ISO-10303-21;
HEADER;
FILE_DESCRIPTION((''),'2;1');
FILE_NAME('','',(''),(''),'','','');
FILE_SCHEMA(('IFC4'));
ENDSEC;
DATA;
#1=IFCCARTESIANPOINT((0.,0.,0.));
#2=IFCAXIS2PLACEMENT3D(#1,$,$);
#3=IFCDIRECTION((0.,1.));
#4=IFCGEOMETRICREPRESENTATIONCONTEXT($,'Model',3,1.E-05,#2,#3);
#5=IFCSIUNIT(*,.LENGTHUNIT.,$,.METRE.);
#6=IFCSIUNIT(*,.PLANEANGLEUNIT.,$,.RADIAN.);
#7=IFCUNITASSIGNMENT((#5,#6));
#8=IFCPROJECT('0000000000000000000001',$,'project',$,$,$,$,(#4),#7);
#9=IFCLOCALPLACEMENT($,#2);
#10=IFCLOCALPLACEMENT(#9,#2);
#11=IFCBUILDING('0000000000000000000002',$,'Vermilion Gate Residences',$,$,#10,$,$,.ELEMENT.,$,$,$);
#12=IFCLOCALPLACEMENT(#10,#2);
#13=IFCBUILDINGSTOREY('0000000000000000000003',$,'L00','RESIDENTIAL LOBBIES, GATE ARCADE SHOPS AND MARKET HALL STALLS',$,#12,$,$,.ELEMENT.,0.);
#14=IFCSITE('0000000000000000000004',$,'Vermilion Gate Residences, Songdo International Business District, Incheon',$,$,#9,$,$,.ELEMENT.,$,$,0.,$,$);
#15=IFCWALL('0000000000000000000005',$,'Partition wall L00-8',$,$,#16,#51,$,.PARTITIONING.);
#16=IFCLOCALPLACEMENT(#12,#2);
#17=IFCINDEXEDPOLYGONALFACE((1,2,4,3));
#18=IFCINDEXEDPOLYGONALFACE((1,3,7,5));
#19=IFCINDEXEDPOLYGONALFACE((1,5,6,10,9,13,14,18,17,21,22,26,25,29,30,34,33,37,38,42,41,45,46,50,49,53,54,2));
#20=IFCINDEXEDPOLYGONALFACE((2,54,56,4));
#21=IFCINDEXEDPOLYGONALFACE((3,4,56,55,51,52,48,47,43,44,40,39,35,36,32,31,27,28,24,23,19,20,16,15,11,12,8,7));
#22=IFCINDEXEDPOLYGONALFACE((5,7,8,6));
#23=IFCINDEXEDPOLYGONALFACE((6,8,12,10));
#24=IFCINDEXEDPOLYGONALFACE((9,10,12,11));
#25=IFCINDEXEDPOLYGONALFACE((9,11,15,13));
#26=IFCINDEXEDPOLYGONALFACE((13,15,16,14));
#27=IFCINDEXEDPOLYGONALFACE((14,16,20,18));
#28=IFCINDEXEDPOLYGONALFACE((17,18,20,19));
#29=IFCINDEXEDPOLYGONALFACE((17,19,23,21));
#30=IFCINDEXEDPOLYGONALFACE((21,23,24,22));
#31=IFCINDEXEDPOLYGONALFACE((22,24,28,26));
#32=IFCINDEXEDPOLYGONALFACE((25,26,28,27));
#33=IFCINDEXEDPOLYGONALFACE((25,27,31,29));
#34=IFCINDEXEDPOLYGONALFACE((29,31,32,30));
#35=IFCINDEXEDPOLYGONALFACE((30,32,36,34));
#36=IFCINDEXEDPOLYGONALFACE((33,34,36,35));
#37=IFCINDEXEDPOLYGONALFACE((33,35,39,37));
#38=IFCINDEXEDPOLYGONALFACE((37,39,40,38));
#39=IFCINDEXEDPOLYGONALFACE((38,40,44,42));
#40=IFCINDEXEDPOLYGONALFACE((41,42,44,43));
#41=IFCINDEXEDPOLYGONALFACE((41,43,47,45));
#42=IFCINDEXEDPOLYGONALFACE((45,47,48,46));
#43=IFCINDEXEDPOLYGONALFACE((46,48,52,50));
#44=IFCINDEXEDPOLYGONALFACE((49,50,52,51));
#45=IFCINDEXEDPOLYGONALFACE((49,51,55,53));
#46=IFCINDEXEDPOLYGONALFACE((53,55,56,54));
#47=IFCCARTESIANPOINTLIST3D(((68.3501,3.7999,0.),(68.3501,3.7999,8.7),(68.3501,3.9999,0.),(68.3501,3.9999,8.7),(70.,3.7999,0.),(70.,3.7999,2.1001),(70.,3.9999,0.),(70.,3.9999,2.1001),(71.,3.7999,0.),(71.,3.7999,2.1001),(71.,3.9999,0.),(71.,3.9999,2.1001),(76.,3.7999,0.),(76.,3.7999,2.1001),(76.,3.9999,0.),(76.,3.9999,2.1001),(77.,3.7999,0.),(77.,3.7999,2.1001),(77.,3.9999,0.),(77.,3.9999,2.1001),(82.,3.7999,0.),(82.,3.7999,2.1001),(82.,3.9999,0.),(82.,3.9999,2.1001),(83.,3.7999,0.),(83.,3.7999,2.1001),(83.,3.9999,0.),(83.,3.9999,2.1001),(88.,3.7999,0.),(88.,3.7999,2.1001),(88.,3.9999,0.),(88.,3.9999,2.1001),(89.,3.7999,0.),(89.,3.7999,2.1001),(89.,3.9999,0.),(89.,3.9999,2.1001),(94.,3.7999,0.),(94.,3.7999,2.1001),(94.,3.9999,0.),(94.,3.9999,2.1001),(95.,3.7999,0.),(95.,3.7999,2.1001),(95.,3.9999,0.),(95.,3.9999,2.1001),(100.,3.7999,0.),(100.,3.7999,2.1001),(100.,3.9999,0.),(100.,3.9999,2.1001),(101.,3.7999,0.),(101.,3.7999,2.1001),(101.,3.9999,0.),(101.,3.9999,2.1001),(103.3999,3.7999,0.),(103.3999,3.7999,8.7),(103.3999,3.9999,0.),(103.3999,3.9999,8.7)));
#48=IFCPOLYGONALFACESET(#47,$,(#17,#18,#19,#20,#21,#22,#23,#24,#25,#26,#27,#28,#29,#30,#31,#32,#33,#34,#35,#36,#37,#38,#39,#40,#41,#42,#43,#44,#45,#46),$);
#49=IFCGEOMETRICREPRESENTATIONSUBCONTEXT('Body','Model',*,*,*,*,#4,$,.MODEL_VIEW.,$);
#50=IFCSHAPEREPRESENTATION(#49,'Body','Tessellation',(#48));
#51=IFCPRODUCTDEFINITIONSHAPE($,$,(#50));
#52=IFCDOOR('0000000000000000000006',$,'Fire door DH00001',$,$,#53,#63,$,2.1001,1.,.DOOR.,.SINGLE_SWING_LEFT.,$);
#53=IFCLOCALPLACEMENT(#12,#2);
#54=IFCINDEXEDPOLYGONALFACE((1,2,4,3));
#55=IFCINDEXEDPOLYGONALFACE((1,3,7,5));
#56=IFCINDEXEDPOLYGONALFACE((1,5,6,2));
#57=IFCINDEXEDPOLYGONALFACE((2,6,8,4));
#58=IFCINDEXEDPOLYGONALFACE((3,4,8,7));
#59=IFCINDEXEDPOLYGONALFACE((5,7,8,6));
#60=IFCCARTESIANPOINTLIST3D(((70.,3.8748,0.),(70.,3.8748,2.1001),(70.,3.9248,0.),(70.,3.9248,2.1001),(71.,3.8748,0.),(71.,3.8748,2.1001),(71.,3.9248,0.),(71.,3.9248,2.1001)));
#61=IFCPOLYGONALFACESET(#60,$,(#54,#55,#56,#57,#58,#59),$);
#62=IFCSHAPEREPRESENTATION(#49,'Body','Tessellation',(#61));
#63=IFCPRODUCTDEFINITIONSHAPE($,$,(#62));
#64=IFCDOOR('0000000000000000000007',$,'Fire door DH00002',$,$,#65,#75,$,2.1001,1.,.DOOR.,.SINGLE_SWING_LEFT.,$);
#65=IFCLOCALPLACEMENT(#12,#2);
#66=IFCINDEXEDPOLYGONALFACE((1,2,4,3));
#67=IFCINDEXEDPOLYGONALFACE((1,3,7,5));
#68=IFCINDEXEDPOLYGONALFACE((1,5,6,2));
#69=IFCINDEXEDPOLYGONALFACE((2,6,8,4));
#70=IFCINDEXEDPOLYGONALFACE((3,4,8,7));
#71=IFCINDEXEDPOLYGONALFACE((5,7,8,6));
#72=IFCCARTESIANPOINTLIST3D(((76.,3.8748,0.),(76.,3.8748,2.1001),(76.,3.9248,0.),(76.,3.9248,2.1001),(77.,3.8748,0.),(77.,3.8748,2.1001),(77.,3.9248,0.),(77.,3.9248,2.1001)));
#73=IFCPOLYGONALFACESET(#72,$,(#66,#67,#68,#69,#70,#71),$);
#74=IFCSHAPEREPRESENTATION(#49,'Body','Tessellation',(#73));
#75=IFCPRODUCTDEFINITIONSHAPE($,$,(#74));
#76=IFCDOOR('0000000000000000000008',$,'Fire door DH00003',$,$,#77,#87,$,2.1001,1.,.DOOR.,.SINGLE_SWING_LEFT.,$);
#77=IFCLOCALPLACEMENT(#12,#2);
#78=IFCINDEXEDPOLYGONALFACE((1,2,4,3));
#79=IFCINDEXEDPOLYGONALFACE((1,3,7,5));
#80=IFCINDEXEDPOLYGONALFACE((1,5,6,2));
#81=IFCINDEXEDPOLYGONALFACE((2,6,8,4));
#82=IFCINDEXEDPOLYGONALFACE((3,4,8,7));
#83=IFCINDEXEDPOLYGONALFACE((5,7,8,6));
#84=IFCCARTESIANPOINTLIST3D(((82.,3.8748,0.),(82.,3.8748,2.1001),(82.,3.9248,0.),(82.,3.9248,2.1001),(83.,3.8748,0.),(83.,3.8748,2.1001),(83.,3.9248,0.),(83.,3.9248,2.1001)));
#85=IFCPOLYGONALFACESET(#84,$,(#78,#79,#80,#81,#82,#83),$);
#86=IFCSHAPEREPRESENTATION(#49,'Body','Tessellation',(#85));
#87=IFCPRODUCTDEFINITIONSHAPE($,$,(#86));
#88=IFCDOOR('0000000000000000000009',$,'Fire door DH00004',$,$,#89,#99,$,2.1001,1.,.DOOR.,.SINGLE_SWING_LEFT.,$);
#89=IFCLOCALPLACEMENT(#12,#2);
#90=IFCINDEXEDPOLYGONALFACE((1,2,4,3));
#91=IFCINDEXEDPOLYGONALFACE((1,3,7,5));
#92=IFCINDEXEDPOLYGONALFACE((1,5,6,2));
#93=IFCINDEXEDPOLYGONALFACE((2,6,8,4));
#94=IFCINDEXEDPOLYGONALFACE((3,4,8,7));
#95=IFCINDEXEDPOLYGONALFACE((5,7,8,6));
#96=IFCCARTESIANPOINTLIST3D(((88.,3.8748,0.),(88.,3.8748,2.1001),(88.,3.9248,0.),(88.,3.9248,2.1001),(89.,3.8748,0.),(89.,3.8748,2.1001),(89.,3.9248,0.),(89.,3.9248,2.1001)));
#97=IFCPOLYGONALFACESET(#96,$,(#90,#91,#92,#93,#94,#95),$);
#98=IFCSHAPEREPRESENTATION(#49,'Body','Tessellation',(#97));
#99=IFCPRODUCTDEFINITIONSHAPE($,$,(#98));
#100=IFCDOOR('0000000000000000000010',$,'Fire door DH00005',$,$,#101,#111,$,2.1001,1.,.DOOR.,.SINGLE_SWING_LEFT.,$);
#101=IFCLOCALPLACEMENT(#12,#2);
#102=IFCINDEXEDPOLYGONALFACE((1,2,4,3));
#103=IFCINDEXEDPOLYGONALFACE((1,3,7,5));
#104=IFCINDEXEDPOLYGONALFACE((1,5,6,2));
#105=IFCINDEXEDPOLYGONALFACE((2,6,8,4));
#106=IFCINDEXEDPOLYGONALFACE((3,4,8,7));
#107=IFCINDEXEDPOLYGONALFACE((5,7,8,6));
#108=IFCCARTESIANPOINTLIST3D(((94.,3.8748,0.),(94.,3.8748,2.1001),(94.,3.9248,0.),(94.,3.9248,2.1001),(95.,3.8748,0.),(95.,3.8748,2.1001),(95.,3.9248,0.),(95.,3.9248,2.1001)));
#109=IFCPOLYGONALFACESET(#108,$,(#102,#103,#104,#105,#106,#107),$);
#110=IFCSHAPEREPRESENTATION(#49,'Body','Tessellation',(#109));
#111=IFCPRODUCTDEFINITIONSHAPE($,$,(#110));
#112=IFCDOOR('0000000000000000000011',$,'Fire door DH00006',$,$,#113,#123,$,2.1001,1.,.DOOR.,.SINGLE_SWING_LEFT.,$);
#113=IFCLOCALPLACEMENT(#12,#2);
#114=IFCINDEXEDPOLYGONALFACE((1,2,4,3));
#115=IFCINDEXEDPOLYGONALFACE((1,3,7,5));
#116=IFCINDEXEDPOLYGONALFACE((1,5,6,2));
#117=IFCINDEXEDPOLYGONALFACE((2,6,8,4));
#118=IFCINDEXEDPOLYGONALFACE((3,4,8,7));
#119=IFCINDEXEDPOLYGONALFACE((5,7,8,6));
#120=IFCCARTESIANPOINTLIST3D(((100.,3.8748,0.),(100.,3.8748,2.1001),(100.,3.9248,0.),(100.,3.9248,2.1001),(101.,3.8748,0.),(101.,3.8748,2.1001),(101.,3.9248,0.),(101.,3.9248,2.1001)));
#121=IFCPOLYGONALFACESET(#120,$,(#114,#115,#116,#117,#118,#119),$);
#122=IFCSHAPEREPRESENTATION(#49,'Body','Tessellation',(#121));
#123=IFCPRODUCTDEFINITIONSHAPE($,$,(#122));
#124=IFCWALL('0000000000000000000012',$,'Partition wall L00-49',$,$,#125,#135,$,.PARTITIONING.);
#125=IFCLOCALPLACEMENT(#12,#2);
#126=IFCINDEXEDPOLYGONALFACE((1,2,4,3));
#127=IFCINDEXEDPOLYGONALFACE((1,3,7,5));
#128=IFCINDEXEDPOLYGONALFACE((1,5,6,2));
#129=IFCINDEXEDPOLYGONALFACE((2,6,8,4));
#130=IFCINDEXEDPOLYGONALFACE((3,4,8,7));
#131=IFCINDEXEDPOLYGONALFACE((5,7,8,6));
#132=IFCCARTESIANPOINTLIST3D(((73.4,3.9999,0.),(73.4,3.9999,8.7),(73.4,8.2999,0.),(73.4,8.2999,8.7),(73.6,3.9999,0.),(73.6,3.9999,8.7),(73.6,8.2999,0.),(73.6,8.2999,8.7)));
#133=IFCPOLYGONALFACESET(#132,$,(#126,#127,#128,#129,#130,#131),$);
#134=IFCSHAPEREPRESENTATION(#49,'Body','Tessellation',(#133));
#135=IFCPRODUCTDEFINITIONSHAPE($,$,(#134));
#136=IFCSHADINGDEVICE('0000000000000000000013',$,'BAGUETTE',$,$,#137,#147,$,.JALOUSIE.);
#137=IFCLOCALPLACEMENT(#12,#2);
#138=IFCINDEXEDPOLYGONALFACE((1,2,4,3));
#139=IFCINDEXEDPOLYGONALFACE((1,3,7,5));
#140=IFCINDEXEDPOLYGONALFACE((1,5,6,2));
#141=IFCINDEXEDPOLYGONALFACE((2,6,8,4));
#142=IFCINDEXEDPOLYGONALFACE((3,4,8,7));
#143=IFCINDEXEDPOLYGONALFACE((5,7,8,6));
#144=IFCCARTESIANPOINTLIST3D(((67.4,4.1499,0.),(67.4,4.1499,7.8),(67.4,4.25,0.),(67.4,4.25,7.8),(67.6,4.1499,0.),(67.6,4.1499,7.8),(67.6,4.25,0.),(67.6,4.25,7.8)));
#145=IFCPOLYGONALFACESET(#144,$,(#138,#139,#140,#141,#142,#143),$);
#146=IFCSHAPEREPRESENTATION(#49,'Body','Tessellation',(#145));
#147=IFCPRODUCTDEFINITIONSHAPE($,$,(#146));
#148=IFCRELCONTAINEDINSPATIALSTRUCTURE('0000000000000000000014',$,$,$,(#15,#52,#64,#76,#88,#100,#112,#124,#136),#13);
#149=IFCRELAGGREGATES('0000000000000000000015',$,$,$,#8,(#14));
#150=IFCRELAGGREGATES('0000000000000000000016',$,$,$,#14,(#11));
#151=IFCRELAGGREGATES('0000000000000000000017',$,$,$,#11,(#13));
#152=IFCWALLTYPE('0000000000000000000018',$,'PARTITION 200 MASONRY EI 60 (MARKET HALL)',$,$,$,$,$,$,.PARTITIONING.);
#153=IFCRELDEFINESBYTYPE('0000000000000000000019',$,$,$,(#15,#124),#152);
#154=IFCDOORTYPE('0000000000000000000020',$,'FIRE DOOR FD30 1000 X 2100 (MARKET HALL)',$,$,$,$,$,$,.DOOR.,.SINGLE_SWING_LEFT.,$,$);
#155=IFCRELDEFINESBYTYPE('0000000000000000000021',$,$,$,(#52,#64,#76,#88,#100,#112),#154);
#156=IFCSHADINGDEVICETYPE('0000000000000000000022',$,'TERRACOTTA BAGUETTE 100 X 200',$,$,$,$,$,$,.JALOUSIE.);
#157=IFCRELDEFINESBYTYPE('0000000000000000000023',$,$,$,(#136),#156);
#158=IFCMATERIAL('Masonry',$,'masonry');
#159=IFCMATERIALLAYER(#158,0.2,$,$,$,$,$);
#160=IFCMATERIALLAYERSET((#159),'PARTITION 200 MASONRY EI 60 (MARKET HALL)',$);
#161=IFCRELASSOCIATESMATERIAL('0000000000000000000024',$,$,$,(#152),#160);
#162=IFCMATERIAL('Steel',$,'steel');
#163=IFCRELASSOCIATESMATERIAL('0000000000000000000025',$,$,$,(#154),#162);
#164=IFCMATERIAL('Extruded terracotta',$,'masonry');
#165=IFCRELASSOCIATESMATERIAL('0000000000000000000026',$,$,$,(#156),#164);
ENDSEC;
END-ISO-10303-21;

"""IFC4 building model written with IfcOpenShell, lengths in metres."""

from ifc_helpers import new_model, si_unit, direction, frame, frame_2d, origin, origin_2d, place, context, subcontext, project, spatial, rectangle, extrude, material, layer, layer_set, material_profile, profile_set, type_object, element, fill, save


model = new_model("IFC4")

# Units and contexts
model_context = context("Model", 3, precision=1e-05, world=origin(), true_north=direction((0.0, 1.0)))
body_context = subcontext(model_context, "Body", "Model", "MODEL_VIEW")
ifc_project = project(units=[si_unit("LENGTHUNIT", "METRE"), si_unit("PLANEANGLEUNIT", "RADIAN")], contexts=[model_context])

# Site, building, storey
site_placement = place(None, origin())
site = spatial("IfcSite", under=ifc_project, at=site_placement, Name="Vermilion Gate Residences, Songdo International Business District, Incheon", CompositionType="ELEMENT", RefElevation=0.0)
building_placement = place(site_placement, origin())
building = spatial("IfcBuilding", under=site, at=building_placement, Name="Vermilion Gate Residences", CompositionType="ELEMENT")
storey_placement = place(building_placement, origin())
storey = spatial("IfcBuildingStorey", under=building, at=storey_placement, Name="L00", Description="RESIDENTIAL LOBBIES, GATE ARCADE SHOPS AND MARKET HALL STALLS", CompositionType="ELEMENT", Elevation=0.0)

# Wall, openings, doors
ifc_material_1 = material(Name="Masonry", Category="masonry")
ifc_layer_1 = layer(ifc_material_1, 0.2)
ifc_layer_set_1 = layer_set([ifc_layer_1], Name="PARTITION 200 MASONRY EI 60 (MARKET HALL)")
wall_type = type_object("IfcWallType", Name="PARTITION 200 MASONRY EI 60 (MARKET HALL)", PredefinedType="PARTITIONING", material=ifc_layer_set_1)
wall_1_placement = place(storey_placement, frame((68.3501, 3.8999, 0.0), z_axis=(0.0, 0.0, 1.0), x_axis=(1.0, 0.0, 0.0)))
wall_1 = element("IfcWall", 1, at=wall_1_placement, inside=storey, type_object=wall_type, Name="Partition wall L00-8", PredefinedType="PARTITIONING", context=body_context, shape_type="SweptSolid", body=[
    extrude(rectangle(XDim=35.0498, YDim=0.2, at=frame_2d((17.5249, 0.0))), origin(), (0.0, 0.0, 1.0), 8.7),
])
opening_1_placement = place(wall_1_placement, frame((1.6499, 0.0, 0.0)))
opening_1 = element("IfcOpeningElement", 2, at=opening_1_placement, cuts=wall_1, PredefinedType="OPENING", context=body_context, shape_type="SweptSolid", body=[
    extrude(rectangle(XDim=1.0, YDim=2.1001, at=frame_2d((0.5, 1.05))), frame((0.0, 0.1099, 0.0), z_axis=(0.0, -1.0, 0.0), x_axis=(1.0, 0.0, 0.0)), (0.0, 0.0, 1.0), 0.22),
])
opening_2_placement = place(wall_1_placement, frame((7.6499, 0.0, 0.0)))
opening_2 = element("IfcOpeningElement", 3, at=opening_2_placement, cuts=wall_1, PredefinedType="OPENING", context=body_context, shape_type="SweptSolid", body=[
    extrude(rectangle(XDim=1.0, YDim=2.1001, at=frame_2d((0.5, 1.05))), frame((0.0, 0.1099, 0.0), z_axis=(0.0, -1.0, 0.0), x_axis=(1.0, 0.0, 0.0)), (0.0, 0.0, 1.0), 0.22),
])
opening_3_placement = place(wall_1_placement, frame((13.6499, 0.0, 0.0)))
opening_3 = element("IfcOpeningElement", 4, at=opening_3_placement, cuts=wall_1, PredefinedType="OPENING", context=body_context, shape_type="SweptSolid", body=[
    extrude(rectangle(XDim=1.0, YDim=2.1001, at=frame_2d((0.5, 1.05))), frame((0.0, 0.1099, 0.0), z_axis=(0.0, -1.0, 0.0), x_axis=(1.0, 0.0, 0.0)), (0.0, 0.0, 1.0), 0.22),
])
opening_4_placement = place(wall_1_placement, frame((19.6499, 0.0, 0.0)))
opening_4 = element("IfcOpeningElement", 5, at=opening_4_placement, cuts=wall_1, PredefinedType="OPENING", context=body_context, shape_type="SweptSolid", body=[
    extrude(rectangle(XDim=1.0, YDim=2.1001, at=frame_2d((0.5, 1.05))), frame((0.0, 0.1099, 0.0), z_axis=(0.0, -1.0, 0.0), x_axis=(1.0, 0.0, 0.0)), (0.0, 0.0, 1.0), 0.22),
])
opening_5_placement = place(wall_1_placement, frame((25.6499, 0.0, 0.0)))
opening_5 = element("IfcOpeningElement", 6, at=opening_5_placement, cuts=wall_1, PredefinedType="OPENING", context=body_context, shape_type="SweptSolid", body=[
    extrude(rectangle(XDim=1.0, YDim=2.1001, at=frame_2d((0.5, 1.05))), frame((0.0, 0.1099, 0.0), z_axis=(0.0, -1.0, 0.0), x_axis=(1.0, 0.0, 0.0)), (0.0, 0.0, 1.0), 0.22),
])
opening_6_placement = place(wall_1_placement, frame((31.6499, 0.0, 0.0)))
opening_6 = element("IfcOpeningElement", 7, at=opening_6_placement, cuts=wall_1, PredefinedType="OPENING", context=body_context, shape_type="SweptSolid", body=[
    extrude(rectangle(XDim=1.0, YDim=2.1001, at=frame_2d((0.5, 1.05))), frame((0.0, 0.1099, 0.0), z_axis=(0.0, -1.0, 0.0), x_axis=(1.0, 0.0, 0.0)), (0.0, 0.0, 1.0), 0.22),
])
ifc_material_2 = material(Name="Steel", Category="steel")
door_type = type_object("IfcDoorType", Name="FIRE DOOR FD30 1000 X 2100 (MARKET HALL)", OperationType="SINGLE_SWING_LEFT", PredefinedType="DOOR", material=ifc_material_2)
door_1_placement = place(opening_1_placement, origin())
door_1 = element("IfcDoor", 8, at=door_1_placement, inside=storey, type_object=door_type, Name="Fire door DH00001", OperationType="SINGLE_SWING_LEFT", OverallHeight=2.1001, OverallWidth=1.0, PredefinedType="DOOR", context=body_context, shape_type="SweptSolid", body=[
    extrude(rectangle(XDim=1.0, YDim=2.1001, at=frame_2d((0.5, 1.05))), frame((0.0, 0.0249, 0.0), z_axis=(0.0, -1.0, 0.0), x_axis=(1.0, 0.0, 0.0)), (0.0, 0.0, 1.0), 0.05),
])
fill(opening_1, door_1)
door_2_placement = place(opening_2_placement, origin())
door_2 = element("IfcDoor", 9, at=door_2_placement, inside=storey, type_object=door_type, Name="Fire door DH00002", OperationType="SINGLE_SWING_LEFT", OverallHeight=2.1001, OverallWidth=1.0, PredefinedType="DOOR", context=body_context, shape_type="SweptSolid", body=[
    extrude(rectangle(XDim=1.0, YDim=2.1001, at=frame_2d((0.5, 1.05))), frame((0.0, 0.0249, 0.0), z_axis=(0.0, -1.0, 0.0), x_axis=(1.0, 0.0, 0.0)), (0.0, 0.0, 1.0), 0.05),
])
fill(opening_2, door_2)
door_3_placement = place(opening_3_placement, origin())
door_3 = element("IfcDoor", 10, at=door_3_placement, inside=storey, type_object=door_type, Name="Fire door DH00003", OperationType="SINGLE_SWING_LEFT", OverallHeight=2.1001, OverallWidth=1.0, PredefinedType="DOOR", context=body_context, shape_type="SweptSolid", body=[
    extrude(rectangle(XDim=1.0, YDim=2.1001, at=frame_2d((0.5, 1.05))), frame((0.0, 0.0249, 0.0), z_axis=(0.0, -1.0, 0.0), x_axis=(1.0, 0.0, 0.0)), (0.0, 0.0, 1.0), 0.05),
])
fill(opening_3, door_3)
door_4_placement = place(opening_4_placement, origin())
door_4 = element("IfcDoor", 11, at=door_4_placement, inside=storey, type_object=door_type, Name="Fire door DH00004", OperationType="SINGLE_SWING_LEFT", OverallHeight=2.1001, OverallWidth=1.0, PredefinedType="DOOR", context=body_context, shape_type="SweptSolid", body=[
    extrude(rectangle(XDim=1.0, YDim=2.1001, at=frame_2d((0.5, 1.05))), frame((0.0, 0.0249, 0.0), z_axis=(0.0, -1.0, 0.0), x_axis=(1.0, 0.0, 0.0)), (0.0, 0.0, 1.0), 0.05),
])
fill(opening_4, door_4)
door_5_placement = place(opening_5_placement, origin())
door_5 = element("IfcDoor", 12, at=door_5_placement, inside=storey, type_object=door_type, Name="Fire door DH00005", OperationType="SINGLE_SWING_LEFT", OverallHeight=2.1001, OverallWidth=1.0, PredefinedType="DOOR", context=body_context, shape_type="SweptSolid", body=[
    extrude(rectangle(XDim=1.0, YDim=2.1001, at=frame_2d((0.5, 1.05))), frame((0.0, 0.0249, 0.0), z_axis=(0.0, -1.0, 0.0), x_axis=(1.0, 0.0, 0.0)), (0.0, 0.0, 1.0), 0.05),
])
fill(opening_5, door_5)
door_6_placement = place(opening_6_placement, origin())
door_6 = element("IfcDoor", 13, at=door_6_placement, inside=storey, type_object=door_type, Name="Fire door DH00006", OperationType="SINGLE_SWING_LEFT", OverallHeight=2.1001, OverallWidth=1.0, PredefinedType="DOOR", context=body_context, shape_type="SweptSolid", body=[
    extrude(rectangle(XDim=1.0, YDim=2.1001, at=frame_2d((0.5, 1.05))), frame((0.0, 0.0249, 0.0), z_axis=(0.0, -1.0, 0.0), x_axis=(1.0, 0.0, 0.0)), (0.0, 0.0, 1.0), 0.05),
])
fill(opening_6, door_6)

# Wall
wall_2_placement = place(storey_placement, frame((73.5, 4.0, 0.0), z_axis=(0.0, 0.0, 1.0), x_axis=(0.0, 1.0, 0.0)))
element("IfcWall", 14, at=wall_2_placement, inside=storey, type_object=wall_type, Name="Partition wall L00-49", PredefinedType="PARTITIONING", context=body_context, shape_type="SweptSolid", body=[
    extrude(rectangle(XDim=4.3, YDim=0.2, at=frame_2d((2.1499, 0.0))), origin(), (0.0, 0.0, 1.0), 8.7),
])

# Shading device
ifc_material_3 = material(Name="Extruded terracotta", Category="masonry")
ifc_material_profile_1 = material_profile(ifc_material_3, rectangle(XDim=0.2, YDim=0.1001, at=origin_2d()), Name="BAGUETTE 100 X 200")
ifc_profile_set_1 = profile_set([ifc_material_profile_1], Name="Extruded terracotta")
shading_device_type = type_object("IfcShadingDeviceType", Name="TERRACOTTA BAGUETTE 100 X 200", PredefinedType="JALOUSIE", material=ifc_profile_set_1)
shading_device_placement = place(storey_placement, frame((67.5, 4.2, 0.0), z_axis=(0.0, 0.0, 1.0), x_axis=(-1.0, 0.0, 0.0)))
element("IfcShadingDevice", 15, at=shading_device_placement, inside=storey, type_object=shading_device_type, Name="BAGUETTE", PredefinedType="JALOUSIE", context=body_context, shape_type="SweptSolid", body=[
    extrude(rectangle(XDim=0.2, YDim=0.1001, at=origin_2d()), origin(), (0.0, 0.0, 1.0), 7.8),
])

save(model, "model.ifc")
